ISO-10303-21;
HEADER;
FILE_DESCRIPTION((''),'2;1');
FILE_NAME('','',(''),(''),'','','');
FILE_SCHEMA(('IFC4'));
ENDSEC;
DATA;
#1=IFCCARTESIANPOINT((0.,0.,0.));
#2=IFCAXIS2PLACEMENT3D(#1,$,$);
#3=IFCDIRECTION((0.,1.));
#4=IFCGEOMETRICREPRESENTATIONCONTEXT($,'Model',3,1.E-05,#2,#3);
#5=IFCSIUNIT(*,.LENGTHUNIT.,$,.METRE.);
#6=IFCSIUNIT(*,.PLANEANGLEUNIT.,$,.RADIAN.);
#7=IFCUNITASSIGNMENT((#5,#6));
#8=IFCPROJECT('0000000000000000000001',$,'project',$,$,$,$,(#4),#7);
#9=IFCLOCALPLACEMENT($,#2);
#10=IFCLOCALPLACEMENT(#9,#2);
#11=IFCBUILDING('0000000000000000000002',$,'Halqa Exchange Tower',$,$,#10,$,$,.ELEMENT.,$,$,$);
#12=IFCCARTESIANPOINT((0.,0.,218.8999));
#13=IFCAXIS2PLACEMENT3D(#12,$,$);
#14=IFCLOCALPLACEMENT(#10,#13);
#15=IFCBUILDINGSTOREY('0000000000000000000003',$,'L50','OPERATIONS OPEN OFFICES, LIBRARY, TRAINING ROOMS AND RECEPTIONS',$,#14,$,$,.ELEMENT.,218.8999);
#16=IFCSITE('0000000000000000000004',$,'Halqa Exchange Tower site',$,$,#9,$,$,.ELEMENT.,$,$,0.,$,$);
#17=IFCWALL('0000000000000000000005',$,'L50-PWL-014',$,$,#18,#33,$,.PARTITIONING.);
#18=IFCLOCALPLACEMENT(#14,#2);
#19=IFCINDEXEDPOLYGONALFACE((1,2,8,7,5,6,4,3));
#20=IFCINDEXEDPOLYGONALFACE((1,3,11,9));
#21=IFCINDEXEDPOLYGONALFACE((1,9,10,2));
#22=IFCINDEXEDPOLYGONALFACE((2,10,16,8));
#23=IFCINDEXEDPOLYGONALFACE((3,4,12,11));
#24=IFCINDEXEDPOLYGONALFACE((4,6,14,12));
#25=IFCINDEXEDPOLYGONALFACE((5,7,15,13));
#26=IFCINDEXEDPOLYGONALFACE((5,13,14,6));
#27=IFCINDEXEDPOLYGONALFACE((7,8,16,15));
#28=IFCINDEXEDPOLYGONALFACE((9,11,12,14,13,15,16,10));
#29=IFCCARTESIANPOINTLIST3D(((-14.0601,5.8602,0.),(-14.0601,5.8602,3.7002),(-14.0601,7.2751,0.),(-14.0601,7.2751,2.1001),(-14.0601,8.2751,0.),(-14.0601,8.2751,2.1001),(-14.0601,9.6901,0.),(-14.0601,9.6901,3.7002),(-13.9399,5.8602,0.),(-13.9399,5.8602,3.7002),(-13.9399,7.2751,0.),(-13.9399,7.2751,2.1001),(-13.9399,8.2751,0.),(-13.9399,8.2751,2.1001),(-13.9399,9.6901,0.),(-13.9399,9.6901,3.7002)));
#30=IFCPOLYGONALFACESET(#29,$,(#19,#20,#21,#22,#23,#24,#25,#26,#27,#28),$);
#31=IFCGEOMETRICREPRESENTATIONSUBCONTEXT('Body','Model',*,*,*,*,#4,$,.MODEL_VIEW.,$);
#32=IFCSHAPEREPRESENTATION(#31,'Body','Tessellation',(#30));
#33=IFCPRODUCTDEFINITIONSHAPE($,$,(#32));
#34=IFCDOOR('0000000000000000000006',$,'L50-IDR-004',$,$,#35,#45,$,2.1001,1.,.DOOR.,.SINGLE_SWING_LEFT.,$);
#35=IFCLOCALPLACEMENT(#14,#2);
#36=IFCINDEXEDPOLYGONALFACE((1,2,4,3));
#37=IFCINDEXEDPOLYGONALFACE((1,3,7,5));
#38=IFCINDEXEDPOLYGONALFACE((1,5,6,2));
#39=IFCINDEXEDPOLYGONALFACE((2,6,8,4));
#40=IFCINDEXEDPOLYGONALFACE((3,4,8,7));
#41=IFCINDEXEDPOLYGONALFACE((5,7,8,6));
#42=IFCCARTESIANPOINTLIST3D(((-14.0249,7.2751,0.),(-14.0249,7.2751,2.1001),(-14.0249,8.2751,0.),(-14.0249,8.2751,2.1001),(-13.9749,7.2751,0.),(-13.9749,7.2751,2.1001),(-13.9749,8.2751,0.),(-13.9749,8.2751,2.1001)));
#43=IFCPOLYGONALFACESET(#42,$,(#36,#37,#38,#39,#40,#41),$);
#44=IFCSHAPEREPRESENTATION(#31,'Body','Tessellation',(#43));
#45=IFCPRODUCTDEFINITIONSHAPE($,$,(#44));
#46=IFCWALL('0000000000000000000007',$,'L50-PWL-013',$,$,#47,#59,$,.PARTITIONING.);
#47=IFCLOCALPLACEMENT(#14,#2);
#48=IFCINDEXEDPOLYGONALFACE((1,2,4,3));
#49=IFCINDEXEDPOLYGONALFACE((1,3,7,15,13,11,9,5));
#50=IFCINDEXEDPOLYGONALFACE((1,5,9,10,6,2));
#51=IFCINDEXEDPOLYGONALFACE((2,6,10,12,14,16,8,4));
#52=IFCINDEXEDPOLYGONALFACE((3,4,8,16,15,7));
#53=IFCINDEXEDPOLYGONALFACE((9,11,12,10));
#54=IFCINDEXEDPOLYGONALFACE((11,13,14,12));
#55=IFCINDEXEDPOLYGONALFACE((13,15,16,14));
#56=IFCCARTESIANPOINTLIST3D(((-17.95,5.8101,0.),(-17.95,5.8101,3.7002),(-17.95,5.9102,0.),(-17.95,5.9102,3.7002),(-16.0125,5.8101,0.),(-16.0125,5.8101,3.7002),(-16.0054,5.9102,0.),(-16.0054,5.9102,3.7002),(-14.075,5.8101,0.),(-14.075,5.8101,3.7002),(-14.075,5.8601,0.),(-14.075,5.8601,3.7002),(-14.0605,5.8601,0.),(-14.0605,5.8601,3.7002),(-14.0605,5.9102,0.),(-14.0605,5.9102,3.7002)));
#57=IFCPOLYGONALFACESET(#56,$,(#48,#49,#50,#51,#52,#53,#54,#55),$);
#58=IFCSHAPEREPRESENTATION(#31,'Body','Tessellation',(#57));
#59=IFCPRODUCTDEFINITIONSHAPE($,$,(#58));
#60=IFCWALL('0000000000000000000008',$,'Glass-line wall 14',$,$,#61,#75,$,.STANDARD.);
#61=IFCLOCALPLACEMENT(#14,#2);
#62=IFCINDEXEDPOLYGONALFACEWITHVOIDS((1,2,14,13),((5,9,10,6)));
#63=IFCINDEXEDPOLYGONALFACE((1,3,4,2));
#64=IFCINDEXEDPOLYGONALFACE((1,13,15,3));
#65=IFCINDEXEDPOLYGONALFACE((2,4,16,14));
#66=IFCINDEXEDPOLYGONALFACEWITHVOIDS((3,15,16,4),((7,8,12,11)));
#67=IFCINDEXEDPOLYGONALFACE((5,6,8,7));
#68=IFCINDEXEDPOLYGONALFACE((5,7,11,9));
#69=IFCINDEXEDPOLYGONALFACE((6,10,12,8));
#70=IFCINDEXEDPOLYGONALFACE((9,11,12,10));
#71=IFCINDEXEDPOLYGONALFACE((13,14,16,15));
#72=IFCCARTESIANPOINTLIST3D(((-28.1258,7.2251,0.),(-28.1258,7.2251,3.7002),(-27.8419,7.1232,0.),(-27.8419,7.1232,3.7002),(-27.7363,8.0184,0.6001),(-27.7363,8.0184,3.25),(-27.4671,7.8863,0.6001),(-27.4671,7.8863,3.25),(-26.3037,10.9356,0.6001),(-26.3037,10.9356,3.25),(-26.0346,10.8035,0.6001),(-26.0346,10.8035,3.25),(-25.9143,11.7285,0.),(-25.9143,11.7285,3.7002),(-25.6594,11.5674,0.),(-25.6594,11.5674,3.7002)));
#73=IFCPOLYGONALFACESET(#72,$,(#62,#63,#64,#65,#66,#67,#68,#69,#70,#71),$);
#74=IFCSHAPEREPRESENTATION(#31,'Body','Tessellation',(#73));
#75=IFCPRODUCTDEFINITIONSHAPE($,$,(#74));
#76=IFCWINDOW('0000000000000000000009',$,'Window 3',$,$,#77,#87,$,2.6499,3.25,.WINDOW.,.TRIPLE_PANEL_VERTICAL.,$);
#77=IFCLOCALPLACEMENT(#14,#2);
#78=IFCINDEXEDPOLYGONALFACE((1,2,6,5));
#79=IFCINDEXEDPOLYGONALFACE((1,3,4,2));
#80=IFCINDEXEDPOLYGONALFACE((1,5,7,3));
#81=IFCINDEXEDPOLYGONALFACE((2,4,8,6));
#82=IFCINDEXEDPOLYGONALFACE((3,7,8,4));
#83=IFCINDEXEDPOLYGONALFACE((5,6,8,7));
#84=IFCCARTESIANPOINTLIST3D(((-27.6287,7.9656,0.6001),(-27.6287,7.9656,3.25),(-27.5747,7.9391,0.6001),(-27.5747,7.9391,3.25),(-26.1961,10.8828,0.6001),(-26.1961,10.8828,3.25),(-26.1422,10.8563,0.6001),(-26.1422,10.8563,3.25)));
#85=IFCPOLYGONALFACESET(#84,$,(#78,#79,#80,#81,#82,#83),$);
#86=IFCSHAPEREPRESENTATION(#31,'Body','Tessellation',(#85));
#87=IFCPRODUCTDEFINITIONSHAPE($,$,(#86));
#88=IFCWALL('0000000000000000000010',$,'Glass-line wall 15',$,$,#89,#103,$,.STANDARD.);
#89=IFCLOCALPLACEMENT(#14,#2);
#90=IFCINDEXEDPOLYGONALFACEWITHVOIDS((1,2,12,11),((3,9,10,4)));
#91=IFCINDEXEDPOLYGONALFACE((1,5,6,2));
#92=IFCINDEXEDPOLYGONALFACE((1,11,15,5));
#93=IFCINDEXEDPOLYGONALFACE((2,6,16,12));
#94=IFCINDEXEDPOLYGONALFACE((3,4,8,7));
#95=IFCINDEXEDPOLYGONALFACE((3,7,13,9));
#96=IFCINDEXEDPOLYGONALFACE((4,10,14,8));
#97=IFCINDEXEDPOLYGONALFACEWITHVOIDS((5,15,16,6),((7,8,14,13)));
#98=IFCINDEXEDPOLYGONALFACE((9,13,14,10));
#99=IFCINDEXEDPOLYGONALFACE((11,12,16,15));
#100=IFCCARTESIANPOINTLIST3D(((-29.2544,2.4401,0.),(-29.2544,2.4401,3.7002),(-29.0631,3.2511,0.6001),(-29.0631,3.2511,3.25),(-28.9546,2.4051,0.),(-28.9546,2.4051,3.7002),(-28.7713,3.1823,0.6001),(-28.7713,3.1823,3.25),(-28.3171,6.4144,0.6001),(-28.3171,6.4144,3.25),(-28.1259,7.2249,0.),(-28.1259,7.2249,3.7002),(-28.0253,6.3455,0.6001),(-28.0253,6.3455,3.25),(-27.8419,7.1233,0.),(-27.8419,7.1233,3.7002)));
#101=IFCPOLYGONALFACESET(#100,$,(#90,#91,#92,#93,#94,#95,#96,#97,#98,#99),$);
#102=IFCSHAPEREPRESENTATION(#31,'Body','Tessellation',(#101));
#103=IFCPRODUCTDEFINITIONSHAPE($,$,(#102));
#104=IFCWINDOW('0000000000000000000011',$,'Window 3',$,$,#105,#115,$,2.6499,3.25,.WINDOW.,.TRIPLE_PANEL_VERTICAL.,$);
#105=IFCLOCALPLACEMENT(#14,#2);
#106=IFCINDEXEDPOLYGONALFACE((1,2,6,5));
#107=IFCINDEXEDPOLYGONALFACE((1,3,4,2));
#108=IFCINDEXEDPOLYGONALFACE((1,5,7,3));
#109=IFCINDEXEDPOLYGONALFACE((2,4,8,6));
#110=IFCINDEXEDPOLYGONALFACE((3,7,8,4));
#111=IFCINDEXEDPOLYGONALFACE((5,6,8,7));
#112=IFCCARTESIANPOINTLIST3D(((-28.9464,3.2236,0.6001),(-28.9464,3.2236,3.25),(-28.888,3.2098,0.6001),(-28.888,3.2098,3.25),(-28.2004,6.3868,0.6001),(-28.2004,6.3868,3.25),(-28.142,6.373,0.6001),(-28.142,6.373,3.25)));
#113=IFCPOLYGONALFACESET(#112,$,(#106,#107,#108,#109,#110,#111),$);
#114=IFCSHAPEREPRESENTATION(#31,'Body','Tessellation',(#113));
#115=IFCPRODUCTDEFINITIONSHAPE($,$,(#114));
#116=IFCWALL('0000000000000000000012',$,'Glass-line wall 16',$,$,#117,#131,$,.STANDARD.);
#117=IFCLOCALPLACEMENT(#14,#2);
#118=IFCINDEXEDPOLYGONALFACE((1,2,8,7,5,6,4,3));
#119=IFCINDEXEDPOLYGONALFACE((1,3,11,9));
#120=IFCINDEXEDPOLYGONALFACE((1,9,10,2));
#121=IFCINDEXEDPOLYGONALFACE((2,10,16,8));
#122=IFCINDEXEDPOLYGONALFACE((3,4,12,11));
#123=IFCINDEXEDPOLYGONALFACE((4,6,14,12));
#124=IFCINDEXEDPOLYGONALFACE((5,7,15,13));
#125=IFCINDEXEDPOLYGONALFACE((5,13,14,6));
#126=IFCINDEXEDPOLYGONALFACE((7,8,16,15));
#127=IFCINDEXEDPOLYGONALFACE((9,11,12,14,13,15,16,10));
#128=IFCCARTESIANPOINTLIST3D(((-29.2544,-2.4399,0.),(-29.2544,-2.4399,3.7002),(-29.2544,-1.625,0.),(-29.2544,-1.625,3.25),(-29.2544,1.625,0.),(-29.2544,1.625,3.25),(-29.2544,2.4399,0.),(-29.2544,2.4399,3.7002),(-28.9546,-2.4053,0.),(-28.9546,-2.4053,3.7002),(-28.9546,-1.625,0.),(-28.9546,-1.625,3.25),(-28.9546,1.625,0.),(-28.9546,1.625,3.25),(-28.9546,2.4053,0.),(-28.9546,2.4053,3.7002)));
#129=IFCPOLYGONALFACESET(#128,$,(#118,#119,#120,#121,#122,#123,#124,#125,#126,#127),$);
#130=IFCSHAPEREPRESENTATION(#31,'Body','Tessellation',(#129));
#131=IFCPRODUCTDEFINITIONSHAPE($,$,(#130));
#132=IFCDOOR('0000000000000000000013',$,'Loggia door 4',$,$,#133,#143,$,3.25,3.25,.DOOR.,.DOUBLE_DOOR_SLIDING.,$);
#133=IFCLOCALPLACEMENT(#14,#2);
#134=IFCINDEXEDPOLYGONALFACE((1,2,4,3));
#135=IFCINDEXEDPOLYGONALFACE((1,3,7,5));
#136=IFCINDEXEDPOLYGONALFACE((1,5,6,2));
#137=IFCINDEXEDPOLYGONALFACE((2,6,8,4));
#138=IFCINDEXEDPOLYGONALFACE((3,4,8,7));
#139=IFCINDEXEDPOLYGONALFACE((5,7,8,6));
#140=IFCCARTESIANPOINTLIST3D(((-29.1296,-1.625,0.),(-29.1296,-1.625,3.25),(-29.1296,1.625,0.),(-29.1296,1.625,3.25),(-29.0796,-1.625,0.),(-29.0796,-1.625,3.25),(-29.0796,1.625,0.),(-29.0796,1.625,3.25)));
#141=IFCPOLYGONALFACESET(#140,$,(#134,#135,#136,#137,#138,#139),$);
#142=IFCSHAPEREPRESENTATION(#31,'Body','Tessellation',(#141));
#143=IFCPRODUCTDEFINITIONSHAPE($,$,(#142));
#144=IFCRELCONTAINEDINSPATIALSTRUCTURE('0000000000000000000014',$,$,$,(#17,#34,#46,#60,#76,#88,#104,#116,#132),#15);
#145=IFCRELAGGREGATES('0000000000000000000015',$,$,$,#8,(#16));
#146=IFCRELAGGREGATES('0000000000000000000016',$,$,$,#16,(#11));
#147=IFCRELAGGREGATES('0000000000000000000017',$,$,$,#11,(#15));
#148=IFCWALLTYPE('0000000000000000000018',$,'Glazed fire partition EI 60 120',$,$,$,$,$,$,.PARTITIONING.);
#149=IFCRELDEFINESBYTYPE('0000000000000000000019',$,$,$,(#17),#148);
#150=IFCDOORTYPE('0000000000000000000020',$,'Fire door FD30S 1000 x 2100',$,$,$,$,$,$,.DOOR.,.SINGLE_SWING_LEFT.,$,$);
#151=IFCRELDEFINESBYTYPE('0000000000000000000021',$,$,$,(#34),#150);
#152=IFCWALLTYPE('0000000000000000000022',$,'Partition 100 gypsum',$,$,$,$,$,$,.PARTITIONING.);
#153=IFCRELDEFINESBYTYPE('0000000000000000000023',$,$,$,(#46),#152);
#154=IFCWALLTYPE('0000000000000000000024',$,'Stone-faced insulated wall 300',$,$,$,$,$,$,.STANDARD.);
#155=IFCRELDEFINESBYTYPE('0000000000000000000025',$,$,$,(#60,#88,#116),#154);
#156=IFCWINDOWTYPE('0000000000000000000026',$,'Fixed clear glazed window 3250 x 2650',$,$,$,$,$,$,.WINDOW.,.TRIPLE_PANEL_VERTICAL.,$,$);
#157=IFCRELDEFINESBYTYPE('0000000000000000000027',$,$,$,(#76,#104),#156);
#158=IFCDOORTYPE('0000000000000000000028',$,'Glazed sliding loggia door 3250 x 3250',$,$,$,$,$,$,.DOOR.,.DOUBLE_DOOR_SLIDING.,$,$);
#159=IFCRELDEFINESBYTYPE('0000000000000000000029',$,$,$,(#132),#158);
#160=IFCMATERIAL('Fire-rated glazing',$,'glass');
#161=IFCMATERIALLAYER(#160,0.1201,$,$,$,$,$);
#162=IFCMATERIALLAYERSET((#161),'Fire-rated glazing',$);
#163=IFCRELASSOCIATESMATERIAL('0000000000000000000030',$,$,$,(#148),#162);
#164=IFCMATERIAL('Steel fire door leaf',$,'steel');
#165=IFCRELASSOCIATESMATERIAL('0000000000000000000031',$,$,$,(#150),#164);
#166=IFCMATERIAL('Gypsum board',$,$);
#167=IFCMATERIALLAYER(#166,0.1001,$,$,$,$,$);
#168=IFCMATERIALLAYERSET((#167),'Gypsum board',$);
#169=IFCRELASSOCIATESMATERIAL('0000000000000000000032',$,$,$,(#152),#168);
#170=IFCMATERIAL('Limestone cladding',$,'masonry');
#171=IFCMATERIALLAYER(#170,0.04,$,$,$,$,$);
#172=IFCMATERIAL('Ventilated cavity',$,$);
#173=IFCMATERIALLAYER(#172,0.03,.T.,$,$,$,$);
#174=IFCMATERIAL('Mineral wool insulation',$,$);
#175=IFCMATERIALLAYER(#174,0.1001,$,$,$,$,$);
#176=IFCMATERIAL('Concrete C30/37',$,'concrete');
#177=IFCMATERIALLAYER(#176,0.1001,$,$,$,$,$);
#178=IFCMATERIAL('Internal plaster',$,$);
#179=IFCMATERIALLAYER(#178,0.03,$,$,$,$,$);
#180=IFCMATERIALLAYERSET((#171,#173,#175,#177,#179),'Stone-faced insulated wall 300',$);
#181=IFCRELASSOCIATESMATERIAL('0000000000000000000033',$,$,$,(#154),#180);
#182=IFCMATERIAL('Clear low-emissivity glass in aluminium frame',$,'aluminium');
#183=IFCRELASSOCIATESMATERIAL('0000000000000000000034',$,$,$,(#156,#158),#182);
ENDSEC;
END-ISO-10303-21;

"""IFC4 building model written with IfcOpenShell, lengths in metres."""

from ifc_helpers import new_model, si_unit, direction, frame, frame_2d, origin, place, context, subcontext, project, spatial, polyline, rectangle, outline, extrude, material, layer, layer_set, type_object, element, fill, save


model = new_model("IFC4")

# Units and contexts
model_context = context("Model", 3, precision=1e-05, world=origin(), true_north=direction((0.0, 1.0)))
body_context = subcontext(model_context, "Body", "Model", "MODEL_VIEW")
ifc_project = project(units=[si_unit("LENGTHUNIT", "METRE"), si_unit("PLANEANGLEUNIT", "RADIAN")], contexts=[model_context])

# Site, building, storey
site_placement = place(None, origin())
site = spatial("IfcSite", under=ifc_project, at=site_placement, Name="Halqa Exchange Tower site", CompositionType="ELEMENT", RefElevation=0.0)
building_placement = place(site_placement, origin())
building = spatial("IfcBuilding", under=site, at=building_placement, Name="Halqa Exchange Tower", CompositionType="ELEMENT")
storey_placement = place(building_placement, frame((0.0, 0.0, 218.8999)))
storey = spatial("IfcBuildingStorey", under=building, at=storey_placement, Name="L50", Description="OPERATIONS OPEN OFFICES, LIBRARY, TRAINING ROOMS AND RECEPTIONS", CompositionType="ELEMENT", Elevation=218.8999)

# Wall, opening, door
ifc_material_1 = material(Name="Fire-rated glazing", Category="glass")
ifc_layer_1 = layer(ifc_material_1, 0.1201)
ifc_layer_set_1 = layer_set([ifc_layer_1], Name="Fire-rated glazing")
wall_type_1 = type_object("IfcWallType", Name="Glazed fire partition EI 60 120", PredefinedType="PARTITIONING", material=ifc_layer_set_1)
wall_1_placement = place(storey_placement, frame((-14.0, 5.8601, 0.0), z_axis=(0.0, 0.0, 1.0), x_axis=(0.0, 1.0, 0.0)))
wall_1 = element("IfcWall", 1, at=wall_1_placement, inside=storey, type_object=wall_type_1, Name="L50-PWL-014", PredefinedType="PARTITIONING", context=body_context, shape_type="SweptSolid", body=[
    extrude(rectangle(XDim=3.8298, YDim=0.1201, at=frame_2d((1.915, 0.0))), origin(), (0.0, 0.0, 1.0), 3.7002),
])
opening_1_placement = place(wall_1_placement, frame((1.415, 0.0, 0.0)))
opening_1 = element("IfcOpeningElement", 2, at=opening_1_placement, cuts=wall_1, PredefinedType="OPENING", context=body_context, shape_type="SweptSolid", body=[
    extrude(rectangle(XDim=1.0, YDim=2.1001, at=frame_2d((0.5, 1.05))), frame((0.0, 0.072, 0.0), z_axis=(0.0, -1.0, 0.0), x_axis=(1.0, 0.0, 0.0)), (0.0, 0.0, 1.0), 0.144),
])
ifc_material_2 = material(Name="Steel fire door leaf", Category="steel")
door_type_1 = type_object("IfcDoorType", Name="Fire door FD30S 1000 x 2100", OperationType="SINGLE_SWING_LEFT", PredefinedType="DOOR", material=ifc_material_2)
door_1_placement = place(opening_1_placement, origin())
door_1 = element("IfcDoor", 3, at=door_1_placement, inside=storey, type_object=door_type_1, Name="L50-IDR-004", OperationType="SINGLE_SWING_LEFT", OverallHeight=2.1001, OverallWidth=1.0, PredefinedType="DOOR", context=body_context, shape_type="SweptSolid", body=[
    extrude(rectangle(XDim=1.0, YDim=2.1001, at=frame_2d((0.5, 1.05))), frame((0.0, 0.0249, 0.0), z_axis=(0.0, -1.0, 0.0), x_axis=(1.0, 0.0, 0.0)), (0.0, 0.0, 1.0), 0.05),
])
fill(opening_1, door_1)
ifc_material_3 = material(Name="Gypsum board")
ifc_layer_2 = layer(ifc_material_3, 0.1001)
ifc_layer_set_2 = layer_set([ifc_layer_2], Name="Gypsum board")
wall_type_2 = type_object("IfcWallType", Name="Partition 100 gypsum", PredefinedType="PARTITIONING", material=ifc_layer_set_2)

# Wall
wall_2_placement = place(storey_placement, frame((-14.0605, 5.8601, 0.0), z_axis=(0.0, 0.0, 1.0), x_axis=(-1.0, 0.0, 0.0)))
element("IfcWall", 4, at=wall_2_placement, inside=storey, type_object=wall_type_2, Name="L50-PWL-013", PredefinedType="PARTITIONING", context=body_context, shape_type="SweptSolid", body=[
    extrude(outline(polyline([(3.8894, 0.05), (1.9519, 0.05), (0.0144, 0.05), (0.0144, 0.0), (0.0, 0.0), (0.0, -0.05), (1.9448, -0.05), (3.8894, -0.05), (3.8894, 0.05)])), origin(), (0.0, 0.0, 1.0), 3.7002),
])

# Walls, openings, windows
ifc_material_4 = material(Name="Limestone cladding", Category="masonry")
ifc_layer_3 = layer(ifc_material_4, 0.04)
ifc_material_5 = material(Name="Ventilated cavity")
ifc_layer_4 = layer(ifc_material_5, 0.03, ventilated=True)
ifc_material_6 = material(Name="Mineral wool insulation")
ifc_layer_5 = layer(ifc_material_6, 0.1001)
ifc_material_7 = material(Name="Concrete C30/37", Category="concrete")
ifc_layer_6 = layer(ifc_material_7, 0.1001)
ifc_material_8 = material(Name="Internal plaster")
ifc_layer_7 = layer(ifc_material_8, 0.03)
ifc_layer_set_3 = layer_set([ifc_layer_3, ifc_layer_4, ifc_layer_5, ifc_layer_6, ifc_layer_7], Name="Stone-faced insulated wall 300")
wall_type_3 = type_object("IfcWallType", Name="Stone-faced insulated wall 300", PredefinedType="STANDARD", material=ifc_layer_set_3)
wall_3_placement = place(storey_placement, frame((-25.7869, 11.6479, 0.0), z_axis=(0.0, 0.0, 1.0), x_axis=(-0.440795, -0.897608, 0.0)))
wall_3 = element("IfcWall", 5, at=wall_3_placement, inside=storey, type_object=wall_type_3, Name="Glass-line wall 14", PredefinedType="STANDARD", context=body_context, shape_type="SweptSolid", body=[
    extrude(outline(polyline([(-0.0161, -0.1499), (5.001, -0.1499), (4.9673, 0.1499), (0.0161, 0.1499), (-0.0161, -0.1499)])), origin(), (0.0, 0.0, 1.0), 3.7002),
])
opening_2_placement = place(wall_3_placement, frame((0.8672, 0.0, 0.6001)))
opening_2 = element("IfcOpeningElement", 6, at=opening_2_placement, cuts=wall_3, PredefinedType="OPENING", context=body_context, shape_type="SweptSolid", body=[
    extrude(rectangle(XDim=3.25, YDim=2.6499, at=frame_2d((1.625, 1.325))), frame((0.0, 0.1621, 0.0), z_axis=(0.0, -1.0, 0.0), x_axis=(1.0, 0.0, 0.0)), (0.0, 0.0, 1.0), 0.324),
])
ifc_material_9 = material(Name="Clear low-emissivity glass in aluminium frame", Category="aluminium")
window_type = type_object("IfcWindowType", Name="Fixed clear glazed window 3250 x 2650", PartitioningType="TRIPLE_PANEL_VERTICAL", PredefinedType="WINDOW", material=ifc_material_9)
window_1_placement = place(opening_2_placement, origin())
window_1 = element("IfcWindow", 7, at=window_1_placement, inside=storey, type_object=window_type, Name="Window 3", OverallHeight=2.6499, OverallWidth=3.25, PartitioningType="TRIPLE_PANEL_VERTICAL", PredefinedType="WINDOW", context=body_context, shape_type="SweptSolid", body=[
    extrude(rectangle(XDim=3.25, YDim=2.6499, at=frame_2d((1.625, 1.325))), frame((0.0, 0.03, 0.0), z_axis=(0.0, -1.0, 0.0), x_axis=(1.0, 0.0, 0.0)), (0.0, 0.0, 1.0), 0.0601),
])
fill(opening_2, window_1)
wall_4_placement = place(storey_placement, frame((-27.9839, 7.1741, 0.0), z_axis=(0.0, 0.0, 1.0), x_axis=(-0.229547, -0.973298, 0.0)))
wall_4 = element("IfcWall", 8, at=wall_4_placement, inside=storey, type_object=wall_type_3, Name="Glass-line wall 15", PredefinedType="STANDARD", context=body_context, shape_type="SweptSolid", body=[
    extrude(outline(polyline([(-0.0168, -0.1499), (4.8992, -0.1499), (4.8645, 0.1499), (0.0168, 0.1499), (-0.0168, -0.1499)])), origin(), (0.0, 0.0, 1.0), 3.7002),
])
opening_3_placement = place(wall_4_placement, frame((0.8159, 0.0, 0.6001)))
opening_3 = element("IfcOpeningElement", 9, at=opening_3_placement, cuts=wall_4, PredefinedType="OPENING", context=body_context, shape_type="SweptSolid", body=[
    extrude(rectangle(XDim=3.25, YDim=2.6499, at=frame_2d((1.625, 1.325))), frame((0.0, 0.1621, 0.0), z_axis=(0.0, -1.0, 0.0), x_axis=(1.0, 0.0, 0.0)), (0.0, 0.0, 1.0), 0.324),
])
window_2_placement = place(opening_3_placement, origin())
window_2 = element("IfcWindow", 10, at=window_2_placement, inside=storey, type_object=window_type, Name="Window 3", OverallHeight=2.6499, OverallWidth=3.25, PartitioningType="TRIPLE_PANEL_VERTICAL", PredefinedType="WINDOW", context=body_context, shape_type="SweptSolid", body=[
    extrude(rectangle(XDim=3.25, YDim=2.6499, at=frame_2d((1.625, 1.325))), frame((0.0, 0.03, 0.0), z_axis=(0.0, -1.0, 0.0), x_axis=(1.0, 0.0, 0.0)), (0.0, 0.0, 1.0), 0.0601),
])
fill(opening_3, window_2)

# Wall, opening, door
wall_5_placement = place(storey_placement, frame((-29.1045, 2.4226, 0.0), z_axis=(0.0, 0.0, 1.0), x_axis=(0.0, -1.0, 0.0)))
wall_5 = element("IfcWall", 11, at=wall_5_placement, inside=storey, type_object=wall_type_3, Name="Glass-line wall 16", PredefinedType="STANDARD", context=body_context, shape_type="SweptSolid", body=[
    extrude(outline(polyline([(-0.0173, -0.1499), (4.8625, -0.1499), (4.8279, 0.1499), (0.0173, 0.1499), (-0.0173, -0.1499)])), origin(), (0.0, 0.0, 1.0), 3.7002),
])
opening_4_placement = place(wall_5_placement, frame((0.7976, 0.0, 0.0)))
opening_4 = element("IfcOpeningElement", 12, at=opening_4_placement, cuts=wall_5, PredefinedType="OPENING", context=body_context, shape_type="SweptSolid", body=[
    extrude(rectangle(XDim=3.25, YDim=3.25, at=frame_2d((1.625, 1.625))), frame((0.0, 0.1621, 0.0), z_axis=(0.0, -1.0, 0.0), x_axis=(1.0, 0.0, 0.0)), (0.0, 0.0, 1.0), 0.324),
])
door_type_2 = type_object("IfcDoorType", Name="Glazed sliding loggia door 3250 x 3250", OperationType="DOUBLE_DOOR_SLIDING", PredefinedType="DOOR", material=ifc_material_9)
door_2_placement = place(opening_4_placement, origin())
door_2 = element("IfcDoor", 13, at=door_2_placement, inside=storey, type_object=door_type_2, Name="Loggia door 4", OperationType="DOUBLE_DOOR_SLIDING", OverallHeight=3.25, OverallWidth=3.25, PredefinedType="DOOR", context=body_context, shape_type="SweptSolid", body=[
    extrude(rectangle(XDim=3.25, YDim=3.25, at=frame_2d((1.625, 1.625))), frame((0.0, 0.0249, 0.0), z_axis=(0.0, -1.0, 0.0), x_axis=(1.0, 0.0, 0.0)), (0.0, 0.0, 1.0), 0.05),
])
fill(opening_4, door_2)

save(model, "model.ifc")
